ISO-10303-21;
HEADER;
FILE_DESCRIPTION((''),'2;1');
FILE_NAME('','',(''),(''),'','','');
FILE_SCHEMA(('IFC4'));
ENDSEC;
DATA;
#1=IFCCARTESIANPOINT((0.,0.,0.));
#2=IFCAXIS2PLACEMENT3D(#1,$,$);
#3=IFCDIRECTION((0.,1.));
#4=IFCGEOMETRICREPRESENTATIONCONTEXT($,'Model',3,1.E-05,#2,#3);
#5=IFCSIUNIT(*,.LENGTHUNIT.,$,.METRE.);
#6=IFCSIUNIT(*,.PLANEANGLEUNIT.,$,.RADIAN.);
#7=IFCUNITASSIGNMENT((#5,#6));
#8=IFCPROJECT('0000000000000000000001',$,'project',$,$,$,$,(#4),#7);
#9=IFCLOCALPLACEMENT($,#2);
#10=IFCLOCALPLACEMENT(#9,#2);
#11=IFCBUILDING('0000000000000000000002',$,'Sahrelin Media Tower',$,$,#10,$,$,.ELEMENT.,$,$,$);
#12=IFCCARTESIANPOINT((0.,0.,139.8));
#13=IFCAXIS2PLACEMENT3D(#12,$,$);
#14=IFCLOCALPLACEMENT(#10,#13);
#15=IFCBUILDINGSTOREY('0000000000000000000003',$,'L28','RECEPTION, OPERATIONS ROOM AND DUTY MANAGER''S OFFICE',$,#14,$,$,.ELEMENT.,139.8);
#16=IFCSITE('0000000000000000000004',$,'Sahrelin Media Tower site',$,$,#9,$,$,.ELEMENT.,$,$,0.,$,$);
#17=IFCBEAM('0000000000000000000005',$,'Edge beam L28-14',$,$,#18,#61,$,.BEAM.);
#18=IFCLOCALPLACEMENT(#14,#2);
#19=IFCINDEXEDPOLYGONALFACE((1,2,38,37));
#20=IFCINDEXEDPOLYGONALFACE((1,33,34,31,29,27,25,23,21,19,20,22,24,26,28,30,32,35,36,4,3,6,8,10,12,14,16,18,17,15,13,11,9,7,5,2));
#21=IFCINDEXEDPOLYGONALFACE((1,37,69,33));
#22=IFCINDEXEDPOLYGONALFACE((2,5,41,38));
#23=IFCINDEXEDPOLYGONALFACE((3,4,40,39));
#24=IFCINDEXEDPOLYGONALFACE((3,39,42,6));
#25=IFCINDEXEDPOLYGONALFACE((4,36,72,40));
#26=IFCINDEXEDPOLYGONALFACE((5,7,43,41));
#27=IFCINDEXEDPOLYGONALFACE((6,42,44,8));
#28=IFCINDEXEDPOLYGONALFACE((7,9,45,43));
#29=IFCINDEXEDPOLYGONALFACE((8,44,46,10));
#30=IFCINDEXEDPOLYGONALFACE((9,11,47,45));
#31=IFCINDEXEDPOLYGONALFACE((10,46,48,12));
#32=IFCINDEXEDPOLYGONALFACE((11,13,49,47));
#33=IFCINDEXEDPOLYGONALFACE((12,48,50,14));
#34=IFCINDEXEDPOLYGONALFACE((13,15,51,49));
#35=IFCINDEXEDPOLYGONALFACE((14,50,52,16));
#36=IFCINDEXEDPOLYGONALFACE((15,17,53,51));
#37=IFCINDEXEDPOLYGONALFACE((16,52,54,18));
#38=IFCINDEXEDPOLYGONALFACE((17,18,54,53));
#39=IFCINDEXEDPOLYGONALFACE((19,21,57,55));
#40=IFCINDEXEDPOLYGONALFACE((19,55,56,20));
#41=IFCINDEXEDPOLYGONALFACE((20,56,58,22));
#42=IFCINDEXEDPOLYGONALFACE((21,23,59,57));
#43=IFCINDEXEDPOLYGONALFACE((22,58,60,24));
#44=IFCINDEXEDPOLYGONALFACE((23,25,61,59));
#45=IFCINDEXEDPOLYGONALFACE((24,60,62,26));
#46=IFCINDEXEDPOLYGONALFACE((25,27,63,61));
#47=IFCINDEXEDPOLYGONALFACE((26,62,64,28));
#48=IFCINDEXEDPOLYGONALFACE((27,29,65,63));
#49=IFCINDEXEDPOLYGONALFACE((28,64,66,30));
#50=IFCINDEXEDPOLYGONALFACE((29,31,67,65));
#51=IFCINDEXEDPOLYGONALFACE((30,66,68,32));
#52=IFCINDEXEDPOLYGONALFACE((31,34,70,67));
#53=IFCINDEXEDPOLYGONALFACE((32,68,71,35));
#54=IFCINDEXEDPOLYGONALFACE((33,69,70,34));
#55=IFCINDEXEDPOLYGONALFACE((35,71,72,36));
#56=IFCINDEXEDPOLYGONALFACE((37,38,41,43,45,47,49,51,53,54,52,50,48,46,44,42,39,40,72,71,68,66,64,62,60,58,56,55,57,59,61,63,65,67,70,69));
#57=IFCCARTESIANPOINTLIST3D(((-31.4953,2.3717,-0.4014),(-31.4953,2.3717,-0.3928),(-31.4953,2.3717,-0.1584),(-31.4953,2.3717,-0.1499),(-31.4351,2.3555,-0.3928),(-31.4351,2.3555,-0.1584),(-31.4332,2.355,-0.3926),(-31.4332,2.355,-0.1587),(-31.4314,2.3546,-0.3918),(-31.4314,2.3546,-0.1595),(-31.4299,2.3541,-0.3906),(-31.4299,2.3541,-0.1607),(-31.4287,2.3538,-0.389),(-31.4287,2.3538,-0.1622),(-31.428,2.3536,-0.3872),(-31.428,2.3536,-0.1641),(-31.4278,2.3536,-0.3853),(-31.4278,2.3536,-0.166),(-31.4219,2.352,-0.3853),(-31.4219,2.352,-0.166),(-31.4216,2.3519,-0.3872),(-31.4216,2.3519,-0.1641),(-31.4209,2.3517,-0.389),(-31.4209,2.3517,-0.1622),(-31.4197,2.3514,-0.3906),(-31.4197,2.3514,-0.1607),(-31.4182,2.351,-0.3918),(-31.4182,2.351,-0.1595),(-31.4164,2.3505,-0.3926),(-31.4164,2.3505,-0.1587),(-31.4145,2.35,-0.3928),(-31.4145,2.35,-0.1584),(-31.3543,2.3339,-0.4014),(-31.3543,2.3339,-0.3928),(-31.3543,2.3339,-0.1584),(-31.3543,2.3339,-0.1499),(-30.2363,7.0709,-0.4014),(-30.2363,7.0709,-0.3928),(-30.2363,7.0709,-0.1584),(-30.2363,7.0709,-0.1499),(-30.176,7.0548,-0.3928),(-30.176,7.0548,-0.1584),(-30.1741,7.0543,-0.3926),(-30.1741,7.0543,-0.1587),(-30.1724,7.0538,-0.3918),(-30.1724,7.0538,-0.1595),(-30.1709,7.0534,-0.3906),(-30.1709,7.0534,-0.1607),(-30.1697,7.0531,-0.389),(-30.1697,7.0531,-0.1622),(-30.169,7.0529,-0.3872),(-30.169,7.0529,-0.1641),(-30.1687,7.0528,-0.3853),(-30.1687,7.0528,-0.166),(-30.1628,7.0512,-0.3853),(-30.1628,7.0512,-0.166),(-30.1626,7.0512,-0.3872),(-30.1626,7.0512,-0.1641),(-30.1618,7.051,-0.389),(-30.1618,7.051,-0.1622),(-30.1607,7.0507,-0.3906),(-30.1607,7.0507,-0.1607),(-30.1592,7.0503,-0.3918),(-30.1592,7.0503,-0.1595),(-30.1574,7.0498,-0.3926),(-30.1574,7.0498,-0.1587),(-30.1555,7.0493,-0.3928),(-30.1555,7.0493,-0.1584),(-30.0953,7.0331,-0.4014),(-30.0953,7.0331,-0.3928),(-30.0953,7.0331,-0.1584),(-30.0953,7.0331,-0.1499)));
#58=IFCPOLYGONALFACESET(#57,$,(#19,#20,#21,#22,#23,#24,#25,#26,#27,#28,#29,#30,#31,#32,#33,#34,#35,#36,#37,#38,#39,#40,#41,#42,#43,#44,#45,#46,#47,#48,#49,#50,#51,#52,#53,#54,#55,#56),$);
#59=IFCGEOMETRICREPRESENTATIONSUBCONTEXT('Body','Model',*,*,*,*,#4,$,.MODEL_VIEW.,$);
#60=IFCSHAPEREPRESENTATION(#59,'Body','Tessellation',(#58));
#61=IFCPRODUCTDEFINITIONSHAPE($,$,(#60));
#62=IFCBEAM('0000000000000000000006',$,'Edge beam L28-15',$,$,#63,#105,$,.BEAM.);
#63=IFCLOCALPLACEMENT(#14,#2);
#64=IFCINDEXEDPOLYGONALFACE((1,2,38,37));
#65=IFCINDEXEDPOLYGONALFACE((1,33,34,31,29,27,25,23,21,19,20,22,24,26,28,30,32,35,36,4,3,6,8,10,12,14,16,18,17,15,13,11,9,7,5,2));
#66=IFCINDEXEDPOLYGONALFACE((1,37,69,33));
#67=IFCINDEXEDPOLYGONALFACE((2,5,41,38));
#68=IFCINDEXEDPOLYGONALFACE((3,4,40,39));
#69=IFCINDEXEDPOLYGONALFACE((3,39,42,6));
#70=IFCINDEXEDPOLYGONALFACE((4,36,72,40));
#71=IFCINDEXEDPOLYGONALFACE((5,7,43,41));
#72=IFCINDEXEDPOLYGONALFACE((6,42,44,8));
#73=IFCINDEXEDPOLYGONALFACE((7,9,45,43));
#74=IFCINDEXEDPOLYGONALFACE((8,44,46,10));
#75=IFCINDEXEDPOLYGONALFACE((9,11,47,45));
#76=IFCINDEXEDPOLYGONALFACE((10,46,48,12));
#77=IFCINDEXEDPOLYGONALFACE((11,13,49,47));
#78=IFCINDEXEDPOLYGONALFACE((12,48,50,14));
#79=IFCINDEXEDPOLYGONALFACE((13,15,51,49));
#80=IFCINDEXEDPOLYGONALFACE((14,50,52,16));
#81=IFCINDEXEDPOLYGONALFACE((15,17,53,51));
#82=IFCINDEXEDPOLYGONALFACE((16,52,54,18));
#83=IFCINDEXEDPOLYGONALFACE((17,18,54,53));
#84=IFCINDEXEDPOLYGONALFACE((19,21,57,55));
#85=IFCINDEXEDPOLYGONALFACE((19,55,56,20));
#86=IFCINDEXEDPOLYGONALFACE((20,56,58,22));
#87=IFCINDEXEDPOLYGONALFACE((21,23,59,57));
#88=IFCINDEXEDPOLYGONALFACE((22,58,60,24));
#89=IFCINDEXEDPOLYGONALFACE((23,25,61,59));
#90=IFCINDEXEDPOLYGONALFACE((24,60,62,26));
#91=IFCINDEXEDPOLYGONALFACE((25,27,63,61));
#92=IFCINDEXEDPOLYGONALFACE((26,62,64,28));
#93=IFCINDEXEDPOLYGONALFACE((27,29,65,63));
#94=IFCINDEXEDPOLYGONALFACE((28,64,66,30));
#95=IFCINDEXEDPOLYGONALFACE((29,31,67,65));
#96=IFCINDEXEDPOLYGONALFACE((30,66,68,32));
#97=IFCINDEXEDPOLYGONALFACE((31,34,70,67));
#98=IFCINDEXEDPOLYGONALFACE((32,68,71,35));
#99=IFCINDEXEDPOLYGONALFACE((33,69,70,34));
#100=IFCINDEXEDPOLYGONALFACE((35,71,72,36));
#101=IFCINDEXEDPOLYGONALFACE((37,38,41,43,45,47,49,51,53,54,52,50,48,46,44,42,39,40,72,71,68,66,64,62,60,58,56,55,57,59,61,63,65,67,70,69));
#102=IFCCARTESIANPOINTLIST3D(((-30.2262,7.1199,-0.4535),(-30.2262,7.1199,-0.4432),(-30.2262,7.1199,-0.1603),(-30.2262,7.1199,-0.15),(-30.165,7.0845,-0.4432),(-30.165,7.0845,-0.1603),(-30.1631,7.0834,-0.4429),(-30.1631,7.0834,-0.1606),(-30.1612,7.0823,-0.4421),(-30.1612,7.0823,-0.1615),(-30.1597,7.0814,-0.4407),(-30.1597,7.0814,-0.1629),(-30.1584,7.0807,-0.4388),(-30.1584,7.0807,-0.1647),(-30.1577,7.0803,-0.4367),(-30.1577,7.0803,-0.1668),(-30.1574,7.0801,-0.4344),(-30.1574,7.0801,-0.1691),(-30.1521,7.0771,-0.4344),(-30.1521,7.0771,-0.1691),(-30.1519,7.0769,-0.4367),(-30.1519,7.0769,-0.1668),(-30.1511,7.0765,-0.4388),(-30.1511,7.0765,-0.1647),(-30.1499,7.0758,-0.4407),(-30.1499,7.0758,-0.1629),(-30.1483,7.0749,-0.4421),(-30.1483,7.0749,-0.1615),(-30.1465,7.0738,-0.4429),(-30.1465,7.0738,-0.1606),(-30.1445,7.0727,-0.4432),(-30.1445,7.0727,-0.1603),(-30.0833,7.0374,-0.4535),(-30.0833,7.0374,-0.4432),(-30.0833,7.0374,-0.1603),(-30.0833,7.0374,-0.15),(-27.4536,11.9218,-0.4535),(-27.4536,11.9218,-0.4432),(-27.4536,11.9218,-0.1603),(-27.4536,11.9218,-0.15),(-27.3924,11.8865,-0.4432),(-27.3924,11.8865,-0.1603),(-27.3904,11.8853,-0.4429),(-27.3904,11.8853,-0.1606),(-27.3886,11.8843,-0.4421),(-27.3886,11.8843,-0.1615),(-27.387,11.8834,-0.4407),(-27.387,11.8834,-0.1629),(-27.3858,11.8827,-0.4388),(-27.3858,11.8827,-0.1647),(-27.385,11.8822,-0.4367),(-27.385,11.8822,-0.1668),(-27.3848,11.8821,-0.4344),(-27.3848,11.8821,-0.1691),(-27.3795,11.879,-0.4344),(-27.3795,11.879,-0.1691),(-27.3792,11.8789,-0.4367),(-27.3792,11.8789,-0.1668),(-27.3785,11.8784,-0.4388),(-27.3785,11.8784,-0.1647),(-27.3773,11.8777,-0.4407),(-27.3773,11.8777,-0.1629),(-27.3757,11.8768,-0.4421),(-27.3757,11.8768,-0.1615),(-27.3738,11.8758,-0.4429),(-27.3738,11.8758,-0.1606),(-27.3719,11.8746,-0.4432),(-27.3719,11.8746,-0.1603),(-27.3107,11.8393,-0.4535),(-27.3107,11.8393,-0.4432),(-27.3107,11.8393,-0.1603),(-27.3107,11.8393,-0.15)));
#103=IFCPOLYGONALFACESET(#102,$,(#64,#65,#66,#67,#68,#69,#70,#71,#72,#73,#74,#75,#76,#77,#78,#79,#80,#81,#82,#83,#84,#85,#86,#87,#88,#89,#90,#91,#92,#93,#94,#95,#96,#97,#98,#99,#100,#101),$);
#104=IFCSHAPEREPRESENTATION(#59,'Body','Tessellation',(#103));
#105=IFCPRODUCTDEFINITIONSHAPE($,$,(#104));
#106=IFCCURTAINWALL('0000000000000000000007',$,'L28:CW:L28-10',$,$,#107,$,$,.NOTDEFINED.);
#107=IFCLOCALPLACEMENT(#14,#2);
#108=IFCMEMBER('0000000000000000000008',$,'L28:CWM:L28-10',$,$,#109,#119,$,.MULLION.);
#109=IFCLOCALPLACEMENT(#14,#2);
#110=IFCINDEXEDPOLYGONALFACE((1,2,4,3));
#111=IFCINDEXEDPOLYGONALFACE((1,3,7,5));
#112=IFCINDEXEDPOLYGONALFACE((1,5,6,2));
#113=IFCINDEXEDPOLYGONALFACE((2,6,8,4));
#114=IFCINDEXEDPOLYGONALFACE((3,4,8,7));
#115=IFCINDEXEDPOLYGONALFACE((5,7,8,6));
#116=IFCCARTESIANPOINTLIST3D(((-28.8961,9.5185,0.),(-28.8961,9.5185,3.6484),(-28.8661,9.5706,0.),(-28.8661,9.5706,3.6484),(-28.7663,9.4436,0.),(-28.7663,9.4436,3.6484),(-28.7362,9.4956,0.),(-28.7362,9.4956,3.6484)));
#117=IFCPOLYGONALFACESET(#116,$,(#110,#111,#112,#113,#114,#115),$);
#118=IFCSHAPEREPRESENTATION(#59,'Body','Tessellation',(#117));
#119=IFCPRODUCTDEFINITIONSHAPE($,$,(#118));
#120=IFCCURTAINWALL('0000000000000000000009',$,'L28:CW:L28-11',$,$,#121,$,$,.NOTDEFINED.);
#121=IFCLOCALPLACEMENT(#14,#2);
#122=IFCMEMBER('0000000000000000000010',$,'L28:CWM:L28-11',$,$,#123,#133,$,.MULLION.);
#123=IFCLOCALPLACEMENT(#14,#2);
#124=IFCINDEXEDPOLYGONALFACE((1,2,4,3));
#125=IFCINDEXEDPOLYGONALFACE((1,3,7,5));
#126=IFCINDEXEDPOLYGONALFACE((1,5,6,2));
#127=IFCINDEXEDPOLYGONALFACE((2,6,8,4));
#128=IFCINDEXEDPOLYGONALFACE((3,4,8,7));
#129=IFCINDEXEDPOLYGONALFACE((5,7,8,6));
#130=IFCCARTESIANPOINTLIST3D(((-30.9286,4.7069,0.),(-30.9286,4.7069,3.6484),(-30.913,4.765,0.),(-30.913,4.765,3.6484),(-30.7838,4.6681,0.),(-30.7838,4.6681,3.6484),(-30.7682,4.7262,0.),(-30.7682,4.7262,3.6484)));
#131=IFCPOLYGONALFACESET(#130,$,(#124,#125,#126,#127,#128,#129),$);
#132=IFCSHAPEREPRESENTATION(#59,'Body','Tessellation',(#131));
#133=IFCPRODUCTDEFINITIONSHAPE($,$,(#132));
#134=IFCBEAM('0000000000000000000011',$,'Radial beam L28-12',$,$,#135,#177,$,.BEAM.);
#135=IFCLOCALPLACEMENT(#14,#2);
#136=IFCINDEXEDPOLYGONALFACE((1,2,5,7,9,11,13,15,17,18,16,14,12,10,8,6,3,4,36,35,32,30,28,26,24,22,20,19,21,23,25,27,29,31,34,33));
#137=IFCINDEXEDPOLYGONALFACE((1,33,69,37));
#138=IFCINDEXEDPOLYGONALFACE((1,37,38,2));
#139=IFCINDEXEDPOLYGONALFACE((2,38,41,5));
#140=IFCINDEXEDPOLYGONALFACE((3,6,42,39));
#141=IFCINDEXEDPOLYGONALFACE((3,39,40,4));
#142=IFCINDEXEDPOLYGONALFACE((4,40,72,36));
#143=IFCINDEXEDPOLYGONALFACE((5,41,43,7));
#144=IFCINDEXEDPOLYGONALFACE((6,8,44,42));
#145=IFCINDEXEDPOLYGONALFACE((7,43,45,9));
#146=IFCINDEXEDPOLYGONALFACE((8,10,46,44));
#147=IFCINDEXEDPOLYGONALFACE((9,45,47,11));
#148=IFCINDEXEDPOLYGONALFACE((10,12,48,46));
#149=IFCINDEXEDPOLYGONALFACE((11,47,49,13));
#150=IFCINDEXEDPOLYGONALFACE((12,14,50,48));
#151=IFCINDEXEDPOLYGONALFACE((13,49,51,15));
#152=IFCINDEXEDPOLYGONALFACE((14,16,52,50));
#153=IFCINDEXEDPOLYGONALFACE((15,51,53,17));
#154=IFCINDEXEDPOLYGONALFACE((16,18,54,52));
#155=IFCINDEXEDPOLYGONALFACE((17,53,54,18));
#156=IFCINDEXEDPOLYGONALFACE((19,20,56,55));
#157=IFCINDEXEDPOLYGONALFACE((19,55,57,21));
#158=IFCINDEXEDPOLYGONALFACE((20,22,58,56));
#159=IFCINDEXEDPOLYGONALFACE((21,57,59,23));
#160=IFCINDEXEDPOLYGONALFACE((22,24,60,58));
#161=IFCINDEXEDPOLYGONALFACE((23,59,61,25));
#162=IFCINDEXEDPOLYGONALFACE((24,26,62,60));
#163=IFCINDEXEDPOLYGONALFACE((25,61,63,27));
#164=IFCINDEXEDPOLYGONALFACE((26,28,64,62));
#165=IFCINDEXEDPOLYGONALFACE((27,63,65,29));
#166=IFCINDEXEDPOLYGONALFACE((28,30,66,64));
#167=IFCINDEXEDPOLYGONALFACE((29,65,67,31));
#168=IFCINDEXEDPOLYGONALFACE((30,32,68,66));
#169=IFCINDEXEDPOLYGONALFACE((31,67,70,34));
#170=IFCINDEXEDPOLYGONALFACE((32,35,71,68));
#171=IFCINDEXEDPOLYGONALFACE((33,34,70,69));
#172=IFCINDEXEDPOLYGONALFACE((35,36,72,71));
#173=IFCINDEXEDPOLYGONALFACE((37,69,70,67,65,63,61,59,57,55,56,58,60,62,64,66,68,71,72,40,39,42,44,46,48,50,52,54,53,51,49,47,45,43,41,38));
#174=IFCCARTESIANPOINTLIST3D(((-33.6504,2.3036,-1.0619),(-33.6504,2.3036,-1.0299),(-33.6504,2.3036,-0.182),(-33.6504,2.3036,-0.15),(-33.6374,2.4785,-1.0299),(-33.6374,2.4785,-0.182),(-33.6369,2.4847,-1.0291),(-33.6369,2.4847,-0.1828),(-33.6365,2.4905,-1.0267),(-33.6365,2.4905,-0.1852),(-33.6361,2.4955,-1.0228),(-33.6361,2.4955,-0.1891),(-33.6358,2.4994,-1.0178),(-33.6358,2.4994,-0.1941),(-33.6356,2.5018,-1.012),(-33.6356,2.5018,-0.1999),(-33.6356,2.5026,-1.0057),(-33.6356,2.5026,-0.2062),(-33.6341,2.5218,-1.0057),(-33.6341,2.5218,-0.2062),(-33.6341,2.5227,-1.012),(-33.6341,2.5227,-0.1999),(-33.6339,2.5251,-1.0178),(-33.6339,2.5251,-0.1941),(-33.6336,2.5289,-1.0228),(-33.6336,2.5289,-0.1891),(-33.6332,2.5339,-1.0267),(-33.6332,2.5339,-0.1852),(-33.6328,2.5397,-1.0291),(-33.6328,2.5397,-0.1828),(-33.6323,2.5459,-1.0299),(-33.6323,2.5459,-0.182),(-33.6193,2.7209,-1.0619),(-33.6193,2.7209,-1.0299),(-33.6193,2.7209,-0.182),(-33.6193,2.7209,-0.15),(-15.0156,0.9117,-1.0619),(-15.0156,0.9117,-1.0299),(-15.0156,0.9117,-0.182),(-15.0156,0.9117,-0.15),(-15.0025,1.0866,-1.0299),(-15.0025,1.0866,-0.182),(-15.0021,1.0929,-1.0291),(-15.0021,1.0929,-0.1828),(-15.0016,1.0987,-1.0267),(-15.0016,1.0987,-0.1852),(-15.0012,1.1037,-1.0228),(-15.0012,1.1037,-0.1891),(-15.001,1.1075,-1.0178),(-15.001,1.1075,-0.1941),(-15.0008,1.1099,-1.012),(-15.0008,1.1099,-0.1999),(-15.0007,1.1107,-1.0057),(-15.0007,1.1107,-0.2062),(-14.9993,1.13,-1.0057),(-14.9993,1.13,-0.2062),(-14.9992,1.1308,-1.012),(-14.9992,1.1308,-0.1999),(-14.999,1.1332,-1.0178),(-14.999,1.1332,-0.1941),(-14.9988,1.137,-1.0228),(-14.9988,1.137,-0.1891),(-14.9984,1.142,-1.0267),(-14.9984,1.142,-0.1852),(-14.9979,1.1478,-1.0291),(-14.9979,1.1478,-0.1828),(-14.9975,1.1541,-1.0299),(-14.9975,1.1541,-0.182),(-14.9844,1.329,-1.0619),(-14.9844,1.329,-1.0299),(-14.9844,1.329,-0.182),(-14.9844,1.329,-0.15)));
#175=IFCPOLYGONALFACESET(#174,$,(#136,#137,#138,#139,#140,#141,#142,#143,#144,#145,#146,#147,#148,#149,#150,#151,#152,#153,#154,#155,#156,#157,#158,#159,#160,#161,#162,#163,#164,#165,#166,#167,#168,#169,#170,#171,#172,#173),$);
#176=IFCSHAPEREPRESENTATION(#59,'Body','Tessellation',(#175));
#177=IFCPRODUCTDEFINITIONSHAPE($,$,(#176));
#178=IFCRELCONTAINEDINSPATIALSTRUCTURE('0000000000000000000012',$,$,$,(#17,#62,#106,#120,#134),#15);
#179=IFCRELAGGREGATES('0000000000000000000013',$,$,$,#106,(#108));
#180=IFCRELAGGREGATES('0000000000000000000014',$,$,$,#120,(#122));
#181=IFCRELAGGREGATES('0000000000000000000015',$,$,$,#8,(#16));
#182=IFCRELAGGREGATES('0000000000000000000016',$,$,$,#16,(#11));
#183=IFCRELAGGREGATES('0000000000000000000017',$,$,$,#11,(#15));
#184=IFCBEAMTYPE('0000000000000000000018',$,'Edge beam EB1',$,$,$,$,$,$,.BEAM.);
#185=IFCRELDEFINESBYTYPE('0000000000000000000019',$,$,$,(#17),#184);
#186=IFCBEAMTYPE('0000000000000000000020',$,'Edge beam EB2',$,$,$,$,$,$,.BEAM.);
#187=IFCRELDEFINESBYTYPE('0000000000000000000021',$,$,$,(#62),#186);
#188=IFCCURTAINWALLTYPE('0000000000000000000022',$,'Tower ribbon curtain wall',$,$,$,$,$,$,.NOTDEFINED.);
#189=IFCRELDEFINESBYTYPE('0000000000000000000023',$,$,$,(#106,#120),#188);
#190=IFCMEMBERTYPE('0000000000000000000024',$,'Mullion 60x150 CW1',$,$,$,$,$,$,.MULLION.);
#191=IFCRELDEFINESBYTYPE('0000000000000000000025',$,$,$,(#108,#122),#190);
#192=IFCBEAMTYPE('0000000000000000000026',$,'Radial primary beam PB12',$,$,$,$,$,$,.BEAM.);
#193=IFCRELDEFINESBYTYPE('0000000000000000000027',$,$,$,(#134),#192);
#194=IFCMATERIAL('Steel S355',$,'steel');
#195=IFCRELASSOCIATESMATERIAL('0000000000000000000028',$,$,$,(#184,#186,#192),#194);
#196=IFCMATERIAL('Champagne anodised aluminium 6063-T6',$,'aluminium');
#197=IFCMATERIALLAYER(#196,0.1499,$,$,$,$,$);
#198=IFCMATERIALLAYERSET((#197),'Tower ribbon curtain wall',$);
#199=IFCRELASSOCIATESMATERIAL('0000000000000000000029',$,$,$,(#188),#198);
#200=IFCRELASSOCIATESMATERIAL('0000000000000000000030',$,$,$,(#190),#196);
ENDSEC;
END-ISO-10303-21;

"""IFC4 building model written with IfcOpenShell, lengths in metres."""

from ifc_helpers import new_model, si_unit, direction, frame, origin, origin_2d, place, context, subcontext, project, spatial, rectangle, i_section, extrude, material, layer, layer_set, material_profile, profile_set, type_object, element, aggregate, save


model = new_model("IFC4")

# Units and contexts
model_context = context("Model", 3, precision=1e-05, world=origin(), true_north=direction((0.0, 1.0)))
body_context = subcontext(model_context, "Body", "Model", "MODEL_VIEW")
ifc_project = project(units=[si_unit("LENGTHUNIT", "METRE"), si_unit("PLANEANGLEUNIT", "RADIAN")], contexts=[model_context])

# Site, building, storey
site_placement = place(None, origin())
site = spatial("IfcSite", under=ifc_project, at=site_placement, Name="Sahrelin Media Tower site", CompositionType="ELEMENT", RefElevation=0.0)
building_placement = place(site_placement, origin())
building = spatial("IfcBuilding", under=site, at=building_placement, Name="Sahrelin Media Tower", CompositionType="ELEMENT")
storey_placement = place(building_placement, frame((0.0, 0.0, 139.8)))
storey = spatial("IfcBuildingStorey", under=building, at=storey_placement, Name="L28", Description="RECEPTION, OPERATIONS ROOM AND DUTY MANAGER'S OFFICE", CompositionType="ELEMENT", Elevation=139.8)

# Beams
ifc_material_1 = material(Name="Steel S355", Category="steel")
ifc_material_profile_1 = material_profile(ifc_material_1, i_section(OverallWidth=0.146, OverallDepth=0.2515, WebThickness=0.0061, FlangeThickness=0.0085, FilletRadius=0.0076, at=origin_2d()), Name="UB 254x146x31")
ifc_profile_set_1 = profile_set([ifc_material_profile_1], Name="Steel S355")
beam_type_1 = type_object("IfcBeamType", Name="Edge beam EB1", PredefinedType="BEAM", material=ifc_profile_set_1)
beam_1_placement = place(storey_placement, frame((-31.4248, 2.3528, -0.2756), z_axis=(0.258796, 0.965932, 0.0), x_axis=(-0.965932, 0.258796, 0.0)))
element("IfcBeam", 1, at=beam_1_placement, inside=storey, type_object=beam_type_1, Name="Edge beam L28-14", PredefinedType="BEAM", context=body_context, shape_type="SweptSolid", body=[
    extrude(i_section(OverallWidth=0.146, OverallDepth=0.2515, WebThickness=0.0061, FlangeThickness=0.0085, FilletRadius=0.0076, at=origin_2d()), origin(), (0.0, 0.0, 1.0), 4.865),
])
ifc_material_profile_2 = material_profile(ifc_material_1, i_section(OverallWidth=0.165, OverallDepth=0.3035, WebThickness=0.0061, FlangeThickness=0.0103, FilletRadius=0.0088, at=origin_2d()), Name="UB 305x165x40")
ifc_profile_set_2 = profile_set([ifc_material_profile_2], Name="Steel S355")
beam_type_2 = type_object("IfcBeamType", Name="Edge beam EB2", PredefinedType="BEAM", material=ifc_profile_set_2)
beam_2_placement = place(storey_placement, frame((-30.1548, 7.0786, -0.3018), z_axis=(0.500036, 0.866004, 0.0), x_axis=(-0.866004, 0.500036, 0.0)))
element("IfcBeam", 2, at=beam_2_placement, inside=storey, type_object=beam_type_2, Name="Edge beam L28-15", PredefinedType="BEAM", context=body_context, shape_type="SweptSolid", body=[
    extrude(i_section(OverallWidth=0.165, OverallDepth=0.3035, WebThickness=0.0061, FlangeThickness=0.0103, FilletRadius=0.0088, at=origin_2d()), origin(), (0.0, 0.0, 1.0), 5.5449),
])

# Curtain walls, members
ifc_material_2 = material(Name="Champagne anodised aluminium 6063-T6", Category="aluminium")
ifc_layer_1 = layer(ifc_material_2, 0.1499)
ifc_layer_set_1 = layer_set([ifc_layer_1], Name="Tower ribbon curtain wall")
curtain_wall_type = type_object("IfcCurtainWallType", Name="Tower ribbon curtain wall", PredefinedType="NOTDEFINED", material=ifc_layer_set_1)
curtain_wall_1_placement = place(storey_placement, frame((-28.8984, 9.5547, 0.0), z_axis=(0.0, 0.0, 1.0), x_axis=(1.0, 0.0, 0.0)))
curtain_wall_1 = element("IfcCurtainWall", 3, at=curtain_wall_1_placement, inside=storey, type_object=curtain_wall_type, Name="L28:CW:L28-10", PredefinedType="NOTDEFINED")
ifc_material_profile_3 = material_profile(ifc_material_2, rectangle(XDim=0.0601, YDim=0.1499, at=origin_2d()), Name="Mullion 60x150")
ifc_profile_set_3 = profile_set([ifc_material_profile_3], Name="Champagne anodised aluminium 6063-T6")
member_type_1 = type_object("IfcMemberType", Name="Mullion 60x150 CW1", PredefinedType="MULLION", material=ifc_profile_set_3)
member_1_placement = place(storey_placement, frame((-28.8162, 9.5071, 0.0), z_axis=(0.0, 0.0, 1.0), x_axis=(-0.499994, -0.866029, 0.0)))
member_1 = element("IfcMember", 4, at=member_1_placement, type_object=member_type_1, Name="L28:CWM:L28-10", PredefinedType="MULLION", context=body_context, shape_type="SweptSolid", body=[
    extrude(rectangle(XDim=0.0601, YDim=0.1499, at=origin_2d()), origin(), (0.0, 0.0, 1.0), 3.6484),
])
aggregate(curtain_wall_1, [member_1])
curtain_wall_2_placement = place(storey_placement, frame((-30.9402, 4.7412, 0.0), z_axis=(0.0, 0.0, 1.0), x_axis=(1.0, 0.0, 0.0)))
curtain_wall_2 = element("IfcCurtainWall", 5, at=curtain_wall_2_placement, inside=storey, type_object=curtain_wall_type, Name="L28:CW:L28-11", PredefinedType="NOTDEFINED")
member_2_placement = place(storey_placement, frame((-30.8484, 4.7166, 0.0), z_axis=(0.0, 0.0, 1.0), x_axis=(-0.258827, -0.965924, 0.0)))
member_2 = element("IfcMember", 6, at=member_2_placement, type_object=member_type_1, Name="L28:CWM:L28-11", PredefinedType="MULLION", context=body_context, shape_type="SweptSolid", body=[
    extrude(rectangle(XDim=0.0601, YDim=0.1499, at=origin_2d()), origin(), (0.0, 0.0, 1.0), 3.6484),
])

# Beam
ifc_material_profile_4 = material_profile(ifc_material_1, i_section(OverallWidth=0.4185, OverallDepth=0.9119, WebThickness=0.0193, FlangeThickness=0.032, FilletRadius=0.0242, at=origin_2d()), Name="UB 914x419x343")
ifc_profile_set_4 = profile_set([ifc_material_profile_4], Name="Steel S355")
beam_type_3 = type_object("IfcBeamType", Name="Radial primary beam PB12", PredefinedType="BEAM", material=ifc_profile_set_4)
beam_3_placement = place(storey_placement, frame((-15.0, 1.1204, -0.606), z_axis=(-0.997222, 0.074483, 0.0), x_axis=(-0.074483, -0.997222, 0.0)))
element("IfcBeam", 7, at=beam_3_placement, inside=storey, type_object=beam_type_3, Name="Radial beam L28-12", PredefinedType="BEAM", context=body_context, shape_type="SweptSolid", body=[
    extrude(i_section(OverallWidth=0.4185, OverallDepth=0.9119, WebThickness=0.0193, FlangeThickness=0.032, FilletRadius=0.0242, at=origin_2d()), origin(), (0.0, 0.0, 1.0), 18.6868),
])

aggregate(curtain_wall_2, [member_2])

save(model, "model.ifc")
